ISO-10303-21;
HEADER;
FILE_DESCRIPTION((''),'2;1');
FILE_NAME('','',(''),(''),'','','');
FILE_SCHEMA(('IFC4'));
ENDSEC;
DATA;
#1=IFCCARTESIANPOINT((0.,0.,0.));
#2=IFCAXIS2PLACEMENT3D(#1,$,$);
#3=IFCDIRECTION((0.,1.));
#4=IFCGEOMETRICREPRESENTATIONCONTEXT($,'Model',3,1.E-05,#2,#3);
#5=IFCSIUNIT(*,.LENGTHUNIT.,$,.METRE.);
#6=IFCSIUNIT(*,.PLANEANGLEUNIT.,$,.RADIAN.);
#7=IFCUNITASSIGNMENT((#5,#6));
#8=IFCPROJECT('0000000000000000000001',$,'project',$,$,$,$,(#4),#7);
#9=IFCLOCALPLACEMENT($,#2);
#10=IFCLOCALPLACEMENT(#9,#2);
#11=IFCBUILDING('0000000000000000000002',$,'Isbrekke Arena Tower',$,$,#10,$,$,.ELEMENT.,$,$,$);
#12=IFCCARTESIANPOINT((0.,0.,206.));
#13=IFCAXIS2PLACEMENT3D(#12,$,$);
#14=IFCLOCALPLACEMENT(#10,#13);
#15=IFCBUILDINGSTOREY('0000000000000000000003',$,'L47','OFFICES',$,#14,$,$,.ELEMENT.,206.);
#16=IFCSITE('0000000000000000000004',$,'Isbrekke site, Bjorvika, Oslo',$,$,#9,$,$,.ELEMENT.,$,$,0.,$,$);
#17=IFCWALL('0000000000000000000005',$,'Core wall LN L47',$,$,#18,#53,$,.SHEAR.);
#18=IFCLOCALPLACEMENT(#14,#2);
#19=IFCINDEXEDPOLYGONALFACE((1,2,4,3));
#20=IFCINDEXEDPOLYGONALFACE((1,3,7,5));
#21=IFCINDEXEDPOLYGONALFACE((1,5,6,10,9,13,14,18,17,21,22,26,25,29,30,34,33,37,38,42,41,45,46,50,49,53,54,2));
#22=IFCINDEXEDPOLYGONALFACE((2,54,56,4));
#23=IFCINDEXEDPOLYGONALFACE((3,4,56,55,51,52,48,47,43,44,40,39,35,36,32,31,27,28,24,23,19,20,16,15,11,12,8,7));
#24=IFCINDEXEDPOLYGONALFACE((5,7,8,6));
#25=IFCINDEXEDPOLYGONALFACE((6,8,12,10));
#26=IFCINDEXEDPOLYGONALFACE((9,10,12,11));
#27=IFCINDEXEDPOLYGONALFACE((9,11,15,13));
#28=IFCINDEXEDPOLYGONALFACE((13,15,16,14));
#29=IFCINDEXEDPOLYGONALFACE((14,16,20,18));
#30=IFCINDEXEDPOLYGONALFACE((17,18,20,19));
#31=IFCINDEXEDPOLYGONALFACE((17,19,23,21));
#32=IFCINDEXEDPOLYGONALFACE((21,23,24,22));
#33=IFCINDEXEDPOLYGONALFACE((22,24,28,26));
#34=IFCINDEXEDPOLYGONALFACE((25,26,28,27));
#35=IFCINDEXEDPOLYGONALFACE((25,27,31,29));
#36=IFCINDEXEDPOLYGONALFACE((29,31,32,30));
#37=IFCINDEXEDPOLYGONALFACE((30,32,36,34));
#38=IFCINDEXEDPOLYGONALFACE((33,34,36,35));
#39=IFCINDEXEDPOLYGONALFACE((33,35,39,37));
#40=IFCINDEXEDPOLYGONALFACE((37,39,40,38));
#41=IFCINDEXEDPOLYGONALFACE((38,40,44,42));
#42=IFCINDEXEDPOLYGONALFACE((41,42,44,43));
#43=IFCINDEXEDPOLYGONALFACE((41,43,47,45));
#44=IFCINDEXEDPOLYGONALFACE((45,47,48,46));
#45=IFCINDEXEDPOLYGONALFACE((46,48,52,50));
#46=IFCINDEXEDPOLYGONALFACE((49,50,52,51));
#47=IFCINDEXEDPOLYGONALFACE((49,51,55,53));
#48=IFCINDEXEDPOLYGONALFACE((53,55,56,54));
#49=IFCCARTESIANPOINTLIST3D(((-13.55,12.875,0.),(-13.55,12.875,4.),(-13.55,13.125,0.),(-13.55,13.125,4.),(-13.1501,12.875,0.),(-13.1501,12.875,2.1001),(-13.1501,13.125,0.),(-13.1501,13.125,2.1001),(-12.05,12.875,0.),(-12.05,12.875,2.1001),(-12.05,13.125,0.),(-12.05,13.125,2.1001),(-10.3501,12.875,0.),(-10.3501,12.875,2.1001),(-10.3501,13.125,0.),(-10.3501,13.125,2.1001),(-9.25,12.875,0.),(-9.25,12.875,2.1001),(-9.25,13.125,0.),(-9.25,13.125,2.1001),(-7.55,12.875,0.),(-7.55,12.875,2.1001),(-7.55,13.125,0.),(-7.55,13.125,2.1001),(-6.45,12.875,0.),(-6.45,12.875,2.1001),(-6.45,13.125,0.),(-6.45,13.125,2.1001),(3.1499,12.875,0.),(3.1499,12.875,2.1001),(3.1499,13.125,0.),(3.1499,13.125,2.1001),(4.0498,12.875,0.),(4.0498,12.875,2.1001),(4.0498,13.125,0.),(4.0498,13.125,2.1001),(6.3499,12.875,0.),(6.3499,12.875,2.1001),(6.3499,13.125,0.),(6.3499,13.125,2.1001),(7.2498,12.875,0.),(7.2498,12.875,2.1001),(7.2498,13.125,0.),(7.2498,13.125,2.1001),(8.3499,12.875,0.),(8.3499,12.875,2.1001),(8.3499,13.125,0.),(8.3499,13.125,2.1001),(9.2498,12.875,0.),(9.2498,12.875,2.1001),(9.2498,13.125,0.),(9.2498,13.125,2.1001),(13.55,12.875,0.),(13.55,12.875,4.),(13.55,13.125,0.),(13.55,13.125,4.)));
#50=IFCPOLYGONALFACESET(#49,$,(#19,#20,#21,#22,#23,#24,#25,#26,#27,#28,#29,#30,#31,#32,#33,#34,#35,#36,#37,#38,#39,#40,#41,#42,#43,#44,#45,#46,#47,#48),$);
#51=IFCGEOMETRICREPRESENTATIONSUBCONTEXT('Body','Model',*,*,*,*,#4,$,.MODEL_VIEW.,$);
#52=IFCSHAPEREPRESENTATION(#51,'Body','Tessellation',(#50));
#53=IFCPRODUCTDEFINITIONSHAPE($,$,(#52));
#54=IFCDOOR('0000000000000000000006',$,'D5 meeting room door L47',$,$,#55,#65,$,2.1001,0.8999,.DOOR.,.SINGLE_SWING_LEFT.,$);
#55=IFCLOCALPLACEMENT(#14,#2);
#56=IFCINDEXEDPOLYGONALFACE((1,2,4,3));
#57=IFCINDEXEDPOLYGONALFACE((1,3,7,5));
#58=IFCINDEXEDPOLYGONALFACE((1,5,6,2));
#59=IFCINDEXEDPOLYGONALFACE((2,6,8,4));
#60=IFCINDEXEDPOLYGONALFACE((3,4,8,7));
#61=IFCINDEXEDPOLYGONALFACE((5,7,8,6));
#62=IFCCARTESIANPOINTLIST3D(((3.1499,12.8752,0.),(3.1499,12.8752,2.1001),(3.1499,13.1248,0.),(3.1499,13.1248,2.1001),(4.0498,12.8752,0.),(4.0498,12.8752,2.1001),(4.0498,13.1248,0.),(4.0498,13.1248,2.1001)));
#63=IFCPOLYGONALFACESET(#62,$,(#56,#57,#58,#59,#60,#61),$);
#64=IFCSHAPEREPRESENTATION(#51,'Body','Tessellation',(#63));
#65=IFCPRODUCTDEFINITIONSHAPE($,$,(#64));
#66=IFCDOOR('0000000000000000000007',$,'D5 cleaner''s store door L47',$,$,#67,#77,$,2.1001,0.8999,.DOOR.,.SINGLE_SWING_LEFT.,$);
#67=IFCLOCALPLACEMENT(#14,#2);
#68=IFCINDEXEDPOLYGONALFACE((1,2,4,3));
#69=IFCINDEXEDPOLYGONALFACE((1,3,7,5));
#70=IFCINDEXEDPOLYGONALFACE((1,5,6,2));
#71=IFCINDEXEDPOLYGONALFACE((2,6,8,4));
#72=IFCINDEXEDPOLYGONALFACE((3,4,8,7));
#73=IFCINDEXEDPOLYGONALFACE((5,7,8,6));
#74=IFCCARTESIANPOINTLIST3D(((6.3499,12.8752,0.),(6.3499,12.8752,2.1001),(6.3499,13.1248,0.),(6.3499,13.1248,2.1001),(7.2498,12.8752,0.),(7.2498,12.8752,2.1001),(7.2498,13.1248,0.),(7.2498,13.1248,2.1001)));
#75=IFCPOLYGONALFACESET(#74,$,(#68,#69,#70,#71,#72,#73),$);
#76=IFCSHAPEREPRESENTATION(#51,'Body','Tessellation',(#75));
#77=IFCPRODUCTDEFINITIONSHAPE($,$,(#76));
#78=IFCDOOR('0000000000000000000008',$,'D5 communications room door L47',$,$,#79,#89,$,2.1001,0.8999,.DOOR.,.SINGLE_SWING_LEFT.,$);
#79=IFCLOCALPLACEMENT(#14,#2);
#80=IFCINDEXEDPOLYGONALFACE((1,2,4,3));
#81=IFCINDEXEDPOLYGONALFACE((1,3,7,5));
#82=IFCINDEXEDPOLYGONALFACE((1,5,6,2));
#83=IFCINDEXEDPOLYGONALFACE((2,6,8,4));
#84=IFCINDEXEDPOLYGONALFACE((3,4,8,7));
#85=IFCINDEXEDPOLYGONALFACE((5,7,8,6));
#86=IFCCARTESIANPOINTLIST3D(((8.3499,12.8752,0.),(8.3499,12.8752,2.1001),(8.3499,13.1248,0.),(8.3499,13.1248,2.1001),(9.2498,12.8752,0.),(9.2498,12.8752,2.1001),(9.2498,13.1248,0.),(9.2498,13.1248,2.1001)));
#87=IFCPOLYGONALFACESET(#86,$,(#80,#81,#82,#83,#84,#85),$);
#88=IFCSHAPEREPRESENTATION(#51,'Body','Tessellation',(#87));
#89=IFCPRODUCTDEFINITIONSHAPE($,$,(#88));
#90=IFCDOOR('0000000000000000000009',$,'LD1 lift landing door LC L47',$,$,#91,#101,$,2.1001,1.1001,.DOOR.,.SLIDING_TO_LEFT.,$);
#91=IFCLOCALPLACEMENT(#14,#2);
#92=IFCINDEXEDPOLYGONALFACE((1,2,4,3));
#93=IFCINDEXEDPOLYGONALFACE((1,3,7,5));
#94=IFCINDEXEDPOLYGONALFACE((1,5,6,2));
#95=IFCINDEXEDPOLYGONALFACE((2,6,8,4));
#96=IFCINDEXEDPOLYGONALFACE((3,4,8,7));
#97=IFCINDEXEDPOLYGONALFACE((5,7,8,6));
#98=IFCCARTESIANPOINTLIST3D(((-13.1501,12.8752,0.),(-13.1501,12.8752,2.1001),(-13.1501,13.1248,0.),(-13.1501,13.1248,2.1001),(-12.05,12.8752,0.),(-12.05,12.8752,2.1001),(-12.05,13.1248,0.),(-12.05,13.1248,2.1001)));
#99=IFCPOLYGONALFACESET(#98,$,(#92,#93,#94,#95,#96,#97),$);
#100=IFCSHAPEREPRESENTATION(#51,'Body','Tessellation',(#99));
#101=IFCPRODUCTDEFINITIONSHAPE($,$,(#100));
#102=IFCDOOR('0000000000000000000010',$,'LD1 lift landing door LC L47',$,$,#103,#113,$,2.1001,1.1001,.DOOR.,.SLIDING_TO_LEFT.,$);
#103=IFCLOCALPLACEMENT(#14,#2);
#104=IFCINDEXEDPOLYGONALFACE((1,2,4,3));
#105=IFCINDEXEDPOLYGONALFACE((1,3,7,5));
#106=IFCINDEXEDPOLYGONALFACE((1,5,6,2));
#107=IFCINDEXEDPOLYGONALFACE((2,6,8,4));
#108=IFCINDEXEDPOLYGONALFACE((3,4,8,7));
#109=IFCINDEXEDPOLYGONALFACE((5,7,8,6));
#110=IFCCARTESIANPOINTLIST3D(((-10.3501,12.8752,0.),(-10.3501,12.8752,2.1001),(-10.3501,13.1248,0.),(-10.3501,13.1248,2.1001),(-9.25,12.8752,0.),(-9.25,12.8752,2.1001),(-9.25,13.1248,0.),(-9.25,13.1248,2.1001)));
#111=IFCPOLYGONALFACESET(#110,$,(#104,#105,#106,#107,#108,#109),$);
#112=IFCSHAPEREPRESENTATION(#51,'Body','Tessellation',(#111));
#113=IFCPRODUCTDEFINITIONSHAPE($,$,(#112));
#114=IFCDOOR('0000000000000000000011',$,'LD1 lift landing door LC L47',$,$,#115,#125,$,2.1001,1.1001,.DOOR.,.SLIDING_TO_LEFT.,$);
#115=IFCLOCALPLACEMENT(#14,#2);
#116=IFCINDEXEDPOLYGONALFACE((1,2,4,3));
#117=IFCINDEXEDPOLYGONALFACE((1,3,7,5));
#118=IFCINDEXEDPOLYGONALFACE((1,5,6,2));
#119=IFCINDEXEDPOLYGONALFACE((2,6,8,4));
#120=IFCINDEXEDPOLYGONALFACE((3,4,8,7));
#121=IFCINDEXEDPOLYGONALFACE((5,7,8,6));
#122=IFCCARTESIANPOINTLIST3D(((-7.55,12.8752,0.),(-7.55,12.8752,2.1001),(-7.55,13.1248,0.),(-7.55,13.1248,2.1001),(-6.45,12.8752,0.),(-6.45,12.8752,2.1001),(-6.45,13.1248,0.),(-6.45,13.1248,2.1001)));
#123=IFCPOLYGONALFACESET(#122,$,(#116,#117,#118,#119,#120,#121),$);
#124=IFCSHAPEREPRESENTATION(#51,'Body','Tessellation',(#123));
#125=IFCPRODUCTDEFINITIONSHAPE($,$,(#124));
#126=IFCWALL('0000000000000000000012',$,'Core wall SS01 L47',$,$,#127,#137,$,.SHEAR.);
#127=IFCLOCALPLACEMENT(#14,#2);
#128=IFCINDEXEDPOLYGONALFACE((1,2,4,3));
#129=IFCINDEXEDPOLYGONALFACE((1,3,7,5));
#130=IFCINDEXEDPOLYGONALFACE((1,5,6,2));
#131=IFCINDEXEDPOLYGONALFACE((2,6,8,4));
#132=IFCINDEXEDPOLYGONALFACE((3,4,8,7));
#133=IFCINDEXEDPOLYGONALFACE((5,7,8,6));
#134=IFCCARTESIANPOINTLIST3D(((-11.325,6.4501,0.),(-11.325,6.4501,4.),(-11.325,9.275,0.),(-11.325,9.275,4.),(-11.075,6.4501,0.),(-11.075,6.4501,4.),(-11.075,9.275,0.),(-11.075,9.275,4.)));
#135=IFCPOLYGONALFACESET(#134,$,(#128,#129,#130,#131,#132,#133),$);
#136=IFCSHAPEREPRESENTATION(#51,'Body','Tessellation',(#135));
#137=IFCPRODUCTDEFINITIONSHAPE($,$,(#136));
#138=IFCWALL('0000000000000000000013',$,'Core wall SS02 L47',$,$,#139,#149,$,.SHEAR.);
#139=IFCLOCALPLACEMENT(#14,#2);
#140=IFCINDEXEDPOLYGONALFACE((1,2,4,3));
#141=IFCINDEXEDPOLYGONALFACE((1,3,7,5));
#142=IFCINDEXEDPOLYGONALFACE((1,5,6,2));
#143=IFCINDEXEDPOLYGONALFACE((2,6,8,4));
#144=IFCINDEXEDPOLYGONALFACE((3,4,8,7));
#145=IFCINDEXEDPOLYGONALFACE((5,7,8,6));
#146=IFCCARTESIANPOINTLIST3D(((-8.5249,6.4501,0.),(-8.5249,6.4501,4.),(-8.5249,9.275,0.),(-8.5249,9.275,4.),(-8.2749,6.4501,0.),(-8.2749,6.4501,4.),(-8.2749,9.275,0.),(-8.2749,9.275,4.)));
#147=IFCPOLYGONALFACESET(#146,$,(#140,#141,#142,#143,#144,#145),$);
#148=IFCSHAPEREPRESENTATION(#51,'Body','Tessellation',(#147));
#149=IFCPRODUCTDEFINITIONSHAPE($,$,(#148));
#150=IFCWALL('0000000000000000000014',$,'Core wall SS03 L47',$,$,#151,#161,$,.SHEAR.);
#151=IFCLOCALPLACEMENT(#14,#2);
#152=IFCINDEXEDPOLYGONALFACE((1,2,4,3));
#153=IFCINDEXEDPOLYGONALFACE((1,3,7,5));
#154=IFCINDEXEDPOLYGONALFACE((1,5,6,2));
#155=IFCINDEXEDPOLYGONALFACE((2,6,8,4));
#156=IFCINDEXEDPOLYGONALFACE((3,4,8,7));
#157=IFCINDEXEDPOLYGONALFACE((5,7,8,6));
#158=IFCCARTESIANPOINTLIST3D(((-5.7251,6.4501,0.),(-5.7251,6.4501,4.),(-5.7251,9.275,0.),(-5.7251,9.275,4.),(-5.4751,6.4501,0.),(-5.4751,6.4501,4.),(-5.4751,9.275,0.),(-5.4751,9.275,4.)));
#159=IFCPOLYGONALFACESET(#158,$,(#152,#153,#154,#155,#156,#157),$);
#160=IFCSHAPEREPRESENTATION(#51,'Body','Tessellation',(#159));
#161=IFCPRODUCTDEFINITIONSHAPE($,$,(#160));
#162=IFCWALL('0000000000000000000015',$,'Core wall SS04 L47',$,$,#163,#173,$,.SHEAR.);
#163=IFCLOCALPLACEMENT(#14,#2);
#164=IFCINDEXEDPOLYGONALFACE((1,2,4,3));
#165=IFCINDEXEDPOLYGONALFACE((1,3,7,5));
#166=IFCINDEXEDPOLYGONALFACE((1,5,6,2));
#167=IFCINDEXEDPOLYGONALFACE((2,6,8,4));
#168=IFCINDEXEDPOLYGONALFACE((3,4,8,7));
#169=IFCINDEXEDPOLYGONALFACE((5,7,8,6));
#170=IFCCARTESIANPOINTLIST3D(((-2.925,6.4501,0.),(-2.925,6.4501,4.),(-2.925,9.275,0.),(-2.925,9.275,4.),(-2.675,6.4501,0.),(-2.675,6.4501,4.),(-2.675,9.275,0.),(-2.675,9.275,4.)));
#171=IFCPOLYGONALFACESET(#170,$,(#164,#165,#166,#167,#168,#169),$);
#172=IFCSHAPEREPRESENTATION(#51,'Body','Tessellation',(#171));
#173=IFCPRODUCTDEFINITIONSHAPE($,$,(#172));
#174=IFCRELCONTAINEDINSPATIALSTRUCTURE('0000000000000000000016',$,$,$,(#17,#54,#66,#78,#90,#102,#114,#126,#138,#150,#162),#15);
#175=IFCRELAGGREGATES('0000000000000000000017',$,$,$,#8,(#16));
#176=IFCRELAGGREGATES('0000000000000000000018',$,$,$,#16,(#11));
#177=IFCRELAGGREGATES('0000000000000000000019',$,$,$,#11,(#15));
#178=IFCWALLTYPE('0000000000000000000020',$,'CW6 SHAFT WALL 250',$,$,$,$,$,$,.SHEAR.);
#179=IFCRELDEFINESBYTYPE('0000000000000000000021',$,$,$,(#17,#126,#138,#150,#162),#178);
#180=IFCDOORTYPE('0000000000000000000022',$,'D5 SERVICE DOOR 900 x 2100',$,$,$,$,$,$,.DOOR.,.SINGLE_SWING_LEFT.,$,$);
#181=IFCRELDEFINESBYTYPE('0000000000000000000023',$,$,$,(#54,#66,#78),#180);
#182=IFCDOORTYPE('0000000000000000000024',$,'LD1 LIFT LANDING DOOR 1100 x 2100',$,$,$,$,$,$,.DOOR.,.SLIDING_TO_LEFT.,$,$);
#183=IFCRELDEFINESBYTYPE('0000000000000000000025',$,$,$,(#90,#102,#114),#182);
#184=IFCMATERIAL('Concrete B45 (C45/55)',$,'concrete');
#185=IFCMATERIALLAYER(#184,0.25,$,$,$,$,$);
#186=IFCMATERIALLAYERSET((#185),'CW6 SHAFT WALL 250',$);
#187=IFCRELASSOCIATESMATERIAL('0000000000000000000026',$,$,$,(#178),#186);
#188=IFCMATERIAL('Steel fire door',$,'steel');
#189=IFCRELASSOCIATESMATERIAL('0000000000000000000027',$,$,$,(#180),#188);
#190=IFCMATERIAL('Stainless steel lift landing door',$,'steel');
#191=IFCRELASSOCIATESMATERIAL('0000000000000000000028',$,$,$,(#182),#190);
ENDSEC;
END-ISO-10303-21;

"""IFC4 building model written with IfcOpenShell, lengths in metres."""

from ifc_helpers import new_model, si_unit, direction, frame, frame_2d, origin, place, context, subcontext, project, spatial, rectangle, extrude, material, layer, layer_set, type_object, element, fill, save


model = new_model("IFC4")

# Units and contexts
model_context = context("Model", 3, precision=1e-05, world=origin(), true_north=direction((0.0, 1.0)))
body_context = subcontext(model_context, "Body", "Model", "MODEL_VIEW")
ifc_project = project(units=[si_unit("LENGTHUNIT", "METRE"), si_unit("PLANEANGLEUNIT", "RADIAN")], contexts=[model_context])

# Site, building, storey
site_placement = place(None, origin())
site = spatial("IfcSite", under=ifc_project, at=site_placement, Name="Isbrekke site, Bjorvika, Oslo", CompositionType="ELEMENT", RefElevation=0.0)
building_placement = place(site_placement, origin())
building = spatial("IfcBuilding", under=site, at=building_placement, Name="Isbrekke Arena Tower", CompositionType="ELEMENT")
storey_placement = place(building_placement, frame((0.0, 0.0, 206.0)))
storey = spatial("IfcBuildingStorey", under=building, at=storey_placement, Name="L47", Description="OFFICES", CompositionType="ELEMENT", Elevation=206.0)

# Wall, openings, doors
ifc_material_1 = material(Name="Concrete B45 (C45/55)", Category="concrete")
ifc_layer_1 = layer(ifc_material_1, 0.25)
ifc_layer_set_1 = layer_set([ifc_layer_1], Name="CW6 SHAFT WALL 250")
wall_type_1 = type_object("IfcWallType", Name="CW6 SHAFT WALL 250", PredefinedType="SHEAR", material=ifc_layer_set_1)
ifc_material_2 = material(Name="Steel fire door", Category="steel")
door_type_1 = type_object("IfcDoorType", Name="D5 SERVICE DOOR 900 x 2100", OperationType="SINGLE_SWING_LEFT", PredefinedType="DOOR", material=ifc_material_2)
ifc_material_3 = material(Name="Stainless steel lift landing door", Category="steel")
door_type_2 = type_object("IfcDoorType", Name="LD1 LIFT LANDING DOOR 1100 x 2100", OperationType="SLIDING_TO_LEFT", PredefinedType="DOOR", material=ifc_material_3)
wall_1_placement = place(storey_placement, frame((-13.55, 13.0, 0.0), z_axis=(0.0, 0.0, 1.0), x_axis=(1.0, 0.0, 0.0)))
wall_1 = element("IfcWall", 1, at=wall_1_placement, inside=storey, type_object=wall_type_1, Name="Core wall LN L47", PredefinedType="SHEAR", context=body_context, shape_type="SweptSolid", body=[
    extrude(rectangle(XDim=27.1001, YDim=0.25, at=frame_2d((13.55, 0.0))), origin(), (0.0, 0.0, 1.0), 4.0),
])
opening_1_placement = place(wall_1_placement, frame((0.3999, 0.0, 0.0)))
opening_1 = element("IfcOpeningElement", 2, at=opening_1_placement, cuts=wall_1, PredefinedType="OPENING", context=body_context, shape_type="SweptSolid", body=[
    extrude(rectangle(XDim=1.1001, YDim=2.1001, at=frame_2d((0.55, 1.05))), frame((0.0, 0.1399, 0.0), z_axis=(0.0, -1.0, 0.0), x_axis=(1.0, 0.0, 0.0)), (0.0, 0.0, 1.0), 0.2798),
])
opening_2_placement = place(wall_1_placement, frame((3.2, 0.0, 0.0)))
opening_2 = element("IfcOpeningElement", 3, at=opening_2_placement, cuts=wall_1, PredefinedType="OPENING", context=body_context, shape_type="SweptSolid", body=[
    extrude(rectangle(XDim=1.1001, YDim=2.1001, at=frame_2d((0.55, 1.05))), frame((0.0, 0.1399, 0.0), z_axis=(0.0, -1.0, 0.0), x_axis=(1.0, 0.0, 0.0)), (0.0, 0.0, 1.0), 0.2798),
])
opening_3_placement = place(wall_1_placement, frame((6.0, 0.0, 0.0)))
opening_3 = element("IfcOpeningElement", 4, at=opening_3_placement, cuts=wall_1, PredefinedType="OPENING", context=body_context, shape_type="SweptSolid", body=[
    extrude(rectangle(XDim=1.1001, YDim=2.1001, at=frame_2d((0.55, 1.05))), frame((0.0, 0.1399, 0.0), z_axis=(0.0, -1.0, 0.0), x_axis=(1.0, 0.0, 0.0)), (0.0, 0.0, 1.0), 0.2798),
])
opening_4_placement = place(wall_1_placement, frame((16.7, 0.0, 0.0)))
opening_4 = element("IfcOpeningElement", 5, at=opening_4_placement, cuts=wall_1, PredefinedType="OPENING", context=body_context, shape_type="SweptSolid", body=[
    extrude(rectangle(XDim=0.8999, YDim=2.1001, at=frame_2d((0.45, 1.05))), frame((0.0, 0.1399, 0.0), z_axis=(0.0, -1.0, 0.0), x_axis=(1.0, 0.0, 0.0)), (0.0, 0.0, 1.0), 0.2798),
])
opening_5_placement = place(wall_1_placement, frame((19.8999, 0.0, 0.0)))
opening_5 = element("IfcOpeningElement", 6, at=opening_5_placement, cuts=wall_1, PredefinedType="OPENING", context=body_context, shape_type="SweptSolid", body=[
    extrude(rectangle(XDim=0.8999, YDim=2.1001, at=frame_2d((0.45, 1.05))), frame((0.0, 0.1399, 0.0), z_axis=(0.0, -1.0, 0.0), x_axis=(1.0, 0.0, 0.0)), (0.0, 0.0, 1.0), 0.2798),
])
opening_6_placement = place(wall_1_placement, frame((21.8999, 0.0, 0.0)))
opening_6 = element("IfcOpeningElement", 7, at=opening_6_placement, cuts=wall_1, PredefinedType="OPENING", context=body_context, shape_type="SweptSolid", body=[
    extrude(rectangle(XDim=0.8999, YDim=2.1001, at=frame_2d((0.45, 1.05))), frame((0.0, 0.1399, 0.0), z_axis=(0.0, -1.0, 0.0), x_axis=(1.0, 0.0, 0.0)), (0.0, 0.0, 1.0), 0.2798),
])
door_1_placement = place(opening_4_placement, origin())
door_1 = element("IfcDoor", 8, at=door_1_placement, inside=storey, type_object=door_type_1, Name="D5 meeting room door L47", OperationType="SINGLE_SWING_LEFT", OverallHeight=2.1001, OverallWidth=0.8999, PredefinedType="DOOR", context=body_context, shape_type="SweptSolid", body=[
    extrude(rectangle(XDim=0.8999, YDim=2.1001, at=frame_2d((0.45, 1.05))), frame((0.0, 0.1248, 0.0), z_axis=(0.0, -1.0, 0.0), x_axis=(1.0, 0.0, 0.0)), (0.0, 0.0, 1.0), 0.2495),
])
fill(opening_4, door_1)
door_2_placement = place(opening_5_placement, origin())
door_2 = element("IfcDoor", 9, at=door_2_placement, inside=storey, type_object=door_type_1, Name="D5 cleaner's store door L47", OperationType="SINGLE_SWING_LEFT", OverallHeight=2.1001, OverallWidth=0.8999, PredefinedType="DOOR", context=body_context, shape_type="SweptSolid", body=[
    extrude(rectangle(XDim=0.8999, YDim=2.1001, at=frame_2d((0.45, 1.05))), frame((0.0, 0.1248, 0.0), z_axis=(0.0, -1.0, 0.0), x_axis=(1.0, 0.0, 0.0)), (0.0, 0.0, 1.0), 0.2495),
])
fill(opening_5, door_2)
door_3_placement = place(opening_6_placement, origin())
door_3 = element("IfcDoor", 10, at=door_3_placement, inside=storey, type_object=door_type_1, Name="D5 communications room door L47", OperationType="SINGLE_SWING_LEFT", OverallHeight=2.1001, OverallWidth=0.8999, PredefinedType="DOOR", context=body_context, shape_type="SweptSolid", body=[
    extrude(rectangle(XDim=0.8999, YDim=2.1001, at=frame_2d((0.45, 1.05))), frame((0.0, 0.1248, 0.0), z_axis=(0.0, -1.0, 0.0), x_axis=(1.0, 0.0, 0.0)), (0.0, 0.0, 1.0), 0.2495),
])
fill(opening_6, door_3)
door_4_placement = place(opening_1_placement, origin())
door_4 = element("IfcDoor", 11, at=door_4_placement, inside=storey, type_object=door_type_2, Name="LD1 lift landing door LC L47", OperationType="SLIDING_TO_LEFT", OverallHeight=2.1001, OverallWidth=1.1001, PredefinedType="DOOR", context=body_context, shape_type="SweptSolid", body=[
    extrude(rectangle(XDim=1.1001, YDim=2.1001, at=frame_2d((0.55, 1.05))), frame((0.0, 0.1248, 0.0), z_axis=(0.0, -1.0, 0.0), x_axis=(1.0, 0.0, 0.0)), (0.0, 0.0, 1.0), 0.2495),
])
fill(opening_1, door_4)
door_5_placement = place(opening_2_placement, origin())
door_5 = element("IfcDoor", 12, at=door_5_placement, inside=storey, type_object=door_type_2, Name="LD1 lift landing door LC L47", OperationType="SLIDING_TO_LEFT", OverallHeight=2.1001, OverallWidth=1.1001, PredefinedType="DOOR", context=body_context, shape_type="SweptSolid", body=[
    extrude(rectangle(XDim=1.1001, YDim=2.1001, at=frame_2d((0.55, 1.05))), frame((0.0, 0.1248, 0.0), z_axis=(0.0, -1.0, 0.0), x_axis=(1.0, 0.0, 0.0)), (0.0, 0.0, 1.0), 0.2495),
])
fill(opening_2, door_5)
door_6_placement = place(opening_3_placement, origin())
door_6 = element("IfcDoor", 13, at=door_6_placement, inside=storey, type_object=door_type_2, Name="LD1 lift landing door LC L47", OperationType="SLIDING_TO_LEFT", OverallHeight=2.1001, OverallWidth=1.1001, PredefinedType="DOOR", context=body_context, shape_type="SweptSolid", body=[
    extrude(rectangle(XDim=1.1001, YDim=2.1001, at=frame_2d((0.55, 1.05))), frame((0.0, 0.1248, 0.0), z_axis=(0.0, -1.0, 0.0), x_axis=(1.0, 0.0, 0.0)), (0.0, 0.0, 1.0), 0.2495),
])
fill(opening_3, door_6)

# Walls
for number, where, z_axis, x_axis, name in (
    (14, (-11.2, 6.45, 0.0), (0.0, 0.0, 1.0), (0.0, 1.0, 0.0), "Core wall SS01 L47"),
    (15, (-8.3999, 6.45, 0.0), (0.0, 0.0, 1.0), (0.0, 1.0, 0.0), "Core wall SS02 L47"),
    (16, (-5.6001, 6.45, 0.0), (0.0, 0.0, 1.0), (0.0, 1.0, 0.0), "Core wall SS03 L47"),
    (17, (-2.8, 6.45, 0.0), (0.0, 0.0, 1.0), (0.0, 1.0, 0.0), "Core wall SS04 L47"),
):
    element("IfcWall", number, at=place(storey_placement, frame(where, z_axis=z_axis, x_axis=x_axis)), inside=storey, type_object=wall_type_1, Name=name, PredefinedType="SHEAR", context=body_context, shape_type="SweptSolid", body=[
        extrude(rectangle(XDim=2.825, YDim=0.25, at=frame_2d((1.4126, 0.0))), origin(), (0.0, 0.0, 1.0), 4.0),
    ])

save(model, "model.ifc")
